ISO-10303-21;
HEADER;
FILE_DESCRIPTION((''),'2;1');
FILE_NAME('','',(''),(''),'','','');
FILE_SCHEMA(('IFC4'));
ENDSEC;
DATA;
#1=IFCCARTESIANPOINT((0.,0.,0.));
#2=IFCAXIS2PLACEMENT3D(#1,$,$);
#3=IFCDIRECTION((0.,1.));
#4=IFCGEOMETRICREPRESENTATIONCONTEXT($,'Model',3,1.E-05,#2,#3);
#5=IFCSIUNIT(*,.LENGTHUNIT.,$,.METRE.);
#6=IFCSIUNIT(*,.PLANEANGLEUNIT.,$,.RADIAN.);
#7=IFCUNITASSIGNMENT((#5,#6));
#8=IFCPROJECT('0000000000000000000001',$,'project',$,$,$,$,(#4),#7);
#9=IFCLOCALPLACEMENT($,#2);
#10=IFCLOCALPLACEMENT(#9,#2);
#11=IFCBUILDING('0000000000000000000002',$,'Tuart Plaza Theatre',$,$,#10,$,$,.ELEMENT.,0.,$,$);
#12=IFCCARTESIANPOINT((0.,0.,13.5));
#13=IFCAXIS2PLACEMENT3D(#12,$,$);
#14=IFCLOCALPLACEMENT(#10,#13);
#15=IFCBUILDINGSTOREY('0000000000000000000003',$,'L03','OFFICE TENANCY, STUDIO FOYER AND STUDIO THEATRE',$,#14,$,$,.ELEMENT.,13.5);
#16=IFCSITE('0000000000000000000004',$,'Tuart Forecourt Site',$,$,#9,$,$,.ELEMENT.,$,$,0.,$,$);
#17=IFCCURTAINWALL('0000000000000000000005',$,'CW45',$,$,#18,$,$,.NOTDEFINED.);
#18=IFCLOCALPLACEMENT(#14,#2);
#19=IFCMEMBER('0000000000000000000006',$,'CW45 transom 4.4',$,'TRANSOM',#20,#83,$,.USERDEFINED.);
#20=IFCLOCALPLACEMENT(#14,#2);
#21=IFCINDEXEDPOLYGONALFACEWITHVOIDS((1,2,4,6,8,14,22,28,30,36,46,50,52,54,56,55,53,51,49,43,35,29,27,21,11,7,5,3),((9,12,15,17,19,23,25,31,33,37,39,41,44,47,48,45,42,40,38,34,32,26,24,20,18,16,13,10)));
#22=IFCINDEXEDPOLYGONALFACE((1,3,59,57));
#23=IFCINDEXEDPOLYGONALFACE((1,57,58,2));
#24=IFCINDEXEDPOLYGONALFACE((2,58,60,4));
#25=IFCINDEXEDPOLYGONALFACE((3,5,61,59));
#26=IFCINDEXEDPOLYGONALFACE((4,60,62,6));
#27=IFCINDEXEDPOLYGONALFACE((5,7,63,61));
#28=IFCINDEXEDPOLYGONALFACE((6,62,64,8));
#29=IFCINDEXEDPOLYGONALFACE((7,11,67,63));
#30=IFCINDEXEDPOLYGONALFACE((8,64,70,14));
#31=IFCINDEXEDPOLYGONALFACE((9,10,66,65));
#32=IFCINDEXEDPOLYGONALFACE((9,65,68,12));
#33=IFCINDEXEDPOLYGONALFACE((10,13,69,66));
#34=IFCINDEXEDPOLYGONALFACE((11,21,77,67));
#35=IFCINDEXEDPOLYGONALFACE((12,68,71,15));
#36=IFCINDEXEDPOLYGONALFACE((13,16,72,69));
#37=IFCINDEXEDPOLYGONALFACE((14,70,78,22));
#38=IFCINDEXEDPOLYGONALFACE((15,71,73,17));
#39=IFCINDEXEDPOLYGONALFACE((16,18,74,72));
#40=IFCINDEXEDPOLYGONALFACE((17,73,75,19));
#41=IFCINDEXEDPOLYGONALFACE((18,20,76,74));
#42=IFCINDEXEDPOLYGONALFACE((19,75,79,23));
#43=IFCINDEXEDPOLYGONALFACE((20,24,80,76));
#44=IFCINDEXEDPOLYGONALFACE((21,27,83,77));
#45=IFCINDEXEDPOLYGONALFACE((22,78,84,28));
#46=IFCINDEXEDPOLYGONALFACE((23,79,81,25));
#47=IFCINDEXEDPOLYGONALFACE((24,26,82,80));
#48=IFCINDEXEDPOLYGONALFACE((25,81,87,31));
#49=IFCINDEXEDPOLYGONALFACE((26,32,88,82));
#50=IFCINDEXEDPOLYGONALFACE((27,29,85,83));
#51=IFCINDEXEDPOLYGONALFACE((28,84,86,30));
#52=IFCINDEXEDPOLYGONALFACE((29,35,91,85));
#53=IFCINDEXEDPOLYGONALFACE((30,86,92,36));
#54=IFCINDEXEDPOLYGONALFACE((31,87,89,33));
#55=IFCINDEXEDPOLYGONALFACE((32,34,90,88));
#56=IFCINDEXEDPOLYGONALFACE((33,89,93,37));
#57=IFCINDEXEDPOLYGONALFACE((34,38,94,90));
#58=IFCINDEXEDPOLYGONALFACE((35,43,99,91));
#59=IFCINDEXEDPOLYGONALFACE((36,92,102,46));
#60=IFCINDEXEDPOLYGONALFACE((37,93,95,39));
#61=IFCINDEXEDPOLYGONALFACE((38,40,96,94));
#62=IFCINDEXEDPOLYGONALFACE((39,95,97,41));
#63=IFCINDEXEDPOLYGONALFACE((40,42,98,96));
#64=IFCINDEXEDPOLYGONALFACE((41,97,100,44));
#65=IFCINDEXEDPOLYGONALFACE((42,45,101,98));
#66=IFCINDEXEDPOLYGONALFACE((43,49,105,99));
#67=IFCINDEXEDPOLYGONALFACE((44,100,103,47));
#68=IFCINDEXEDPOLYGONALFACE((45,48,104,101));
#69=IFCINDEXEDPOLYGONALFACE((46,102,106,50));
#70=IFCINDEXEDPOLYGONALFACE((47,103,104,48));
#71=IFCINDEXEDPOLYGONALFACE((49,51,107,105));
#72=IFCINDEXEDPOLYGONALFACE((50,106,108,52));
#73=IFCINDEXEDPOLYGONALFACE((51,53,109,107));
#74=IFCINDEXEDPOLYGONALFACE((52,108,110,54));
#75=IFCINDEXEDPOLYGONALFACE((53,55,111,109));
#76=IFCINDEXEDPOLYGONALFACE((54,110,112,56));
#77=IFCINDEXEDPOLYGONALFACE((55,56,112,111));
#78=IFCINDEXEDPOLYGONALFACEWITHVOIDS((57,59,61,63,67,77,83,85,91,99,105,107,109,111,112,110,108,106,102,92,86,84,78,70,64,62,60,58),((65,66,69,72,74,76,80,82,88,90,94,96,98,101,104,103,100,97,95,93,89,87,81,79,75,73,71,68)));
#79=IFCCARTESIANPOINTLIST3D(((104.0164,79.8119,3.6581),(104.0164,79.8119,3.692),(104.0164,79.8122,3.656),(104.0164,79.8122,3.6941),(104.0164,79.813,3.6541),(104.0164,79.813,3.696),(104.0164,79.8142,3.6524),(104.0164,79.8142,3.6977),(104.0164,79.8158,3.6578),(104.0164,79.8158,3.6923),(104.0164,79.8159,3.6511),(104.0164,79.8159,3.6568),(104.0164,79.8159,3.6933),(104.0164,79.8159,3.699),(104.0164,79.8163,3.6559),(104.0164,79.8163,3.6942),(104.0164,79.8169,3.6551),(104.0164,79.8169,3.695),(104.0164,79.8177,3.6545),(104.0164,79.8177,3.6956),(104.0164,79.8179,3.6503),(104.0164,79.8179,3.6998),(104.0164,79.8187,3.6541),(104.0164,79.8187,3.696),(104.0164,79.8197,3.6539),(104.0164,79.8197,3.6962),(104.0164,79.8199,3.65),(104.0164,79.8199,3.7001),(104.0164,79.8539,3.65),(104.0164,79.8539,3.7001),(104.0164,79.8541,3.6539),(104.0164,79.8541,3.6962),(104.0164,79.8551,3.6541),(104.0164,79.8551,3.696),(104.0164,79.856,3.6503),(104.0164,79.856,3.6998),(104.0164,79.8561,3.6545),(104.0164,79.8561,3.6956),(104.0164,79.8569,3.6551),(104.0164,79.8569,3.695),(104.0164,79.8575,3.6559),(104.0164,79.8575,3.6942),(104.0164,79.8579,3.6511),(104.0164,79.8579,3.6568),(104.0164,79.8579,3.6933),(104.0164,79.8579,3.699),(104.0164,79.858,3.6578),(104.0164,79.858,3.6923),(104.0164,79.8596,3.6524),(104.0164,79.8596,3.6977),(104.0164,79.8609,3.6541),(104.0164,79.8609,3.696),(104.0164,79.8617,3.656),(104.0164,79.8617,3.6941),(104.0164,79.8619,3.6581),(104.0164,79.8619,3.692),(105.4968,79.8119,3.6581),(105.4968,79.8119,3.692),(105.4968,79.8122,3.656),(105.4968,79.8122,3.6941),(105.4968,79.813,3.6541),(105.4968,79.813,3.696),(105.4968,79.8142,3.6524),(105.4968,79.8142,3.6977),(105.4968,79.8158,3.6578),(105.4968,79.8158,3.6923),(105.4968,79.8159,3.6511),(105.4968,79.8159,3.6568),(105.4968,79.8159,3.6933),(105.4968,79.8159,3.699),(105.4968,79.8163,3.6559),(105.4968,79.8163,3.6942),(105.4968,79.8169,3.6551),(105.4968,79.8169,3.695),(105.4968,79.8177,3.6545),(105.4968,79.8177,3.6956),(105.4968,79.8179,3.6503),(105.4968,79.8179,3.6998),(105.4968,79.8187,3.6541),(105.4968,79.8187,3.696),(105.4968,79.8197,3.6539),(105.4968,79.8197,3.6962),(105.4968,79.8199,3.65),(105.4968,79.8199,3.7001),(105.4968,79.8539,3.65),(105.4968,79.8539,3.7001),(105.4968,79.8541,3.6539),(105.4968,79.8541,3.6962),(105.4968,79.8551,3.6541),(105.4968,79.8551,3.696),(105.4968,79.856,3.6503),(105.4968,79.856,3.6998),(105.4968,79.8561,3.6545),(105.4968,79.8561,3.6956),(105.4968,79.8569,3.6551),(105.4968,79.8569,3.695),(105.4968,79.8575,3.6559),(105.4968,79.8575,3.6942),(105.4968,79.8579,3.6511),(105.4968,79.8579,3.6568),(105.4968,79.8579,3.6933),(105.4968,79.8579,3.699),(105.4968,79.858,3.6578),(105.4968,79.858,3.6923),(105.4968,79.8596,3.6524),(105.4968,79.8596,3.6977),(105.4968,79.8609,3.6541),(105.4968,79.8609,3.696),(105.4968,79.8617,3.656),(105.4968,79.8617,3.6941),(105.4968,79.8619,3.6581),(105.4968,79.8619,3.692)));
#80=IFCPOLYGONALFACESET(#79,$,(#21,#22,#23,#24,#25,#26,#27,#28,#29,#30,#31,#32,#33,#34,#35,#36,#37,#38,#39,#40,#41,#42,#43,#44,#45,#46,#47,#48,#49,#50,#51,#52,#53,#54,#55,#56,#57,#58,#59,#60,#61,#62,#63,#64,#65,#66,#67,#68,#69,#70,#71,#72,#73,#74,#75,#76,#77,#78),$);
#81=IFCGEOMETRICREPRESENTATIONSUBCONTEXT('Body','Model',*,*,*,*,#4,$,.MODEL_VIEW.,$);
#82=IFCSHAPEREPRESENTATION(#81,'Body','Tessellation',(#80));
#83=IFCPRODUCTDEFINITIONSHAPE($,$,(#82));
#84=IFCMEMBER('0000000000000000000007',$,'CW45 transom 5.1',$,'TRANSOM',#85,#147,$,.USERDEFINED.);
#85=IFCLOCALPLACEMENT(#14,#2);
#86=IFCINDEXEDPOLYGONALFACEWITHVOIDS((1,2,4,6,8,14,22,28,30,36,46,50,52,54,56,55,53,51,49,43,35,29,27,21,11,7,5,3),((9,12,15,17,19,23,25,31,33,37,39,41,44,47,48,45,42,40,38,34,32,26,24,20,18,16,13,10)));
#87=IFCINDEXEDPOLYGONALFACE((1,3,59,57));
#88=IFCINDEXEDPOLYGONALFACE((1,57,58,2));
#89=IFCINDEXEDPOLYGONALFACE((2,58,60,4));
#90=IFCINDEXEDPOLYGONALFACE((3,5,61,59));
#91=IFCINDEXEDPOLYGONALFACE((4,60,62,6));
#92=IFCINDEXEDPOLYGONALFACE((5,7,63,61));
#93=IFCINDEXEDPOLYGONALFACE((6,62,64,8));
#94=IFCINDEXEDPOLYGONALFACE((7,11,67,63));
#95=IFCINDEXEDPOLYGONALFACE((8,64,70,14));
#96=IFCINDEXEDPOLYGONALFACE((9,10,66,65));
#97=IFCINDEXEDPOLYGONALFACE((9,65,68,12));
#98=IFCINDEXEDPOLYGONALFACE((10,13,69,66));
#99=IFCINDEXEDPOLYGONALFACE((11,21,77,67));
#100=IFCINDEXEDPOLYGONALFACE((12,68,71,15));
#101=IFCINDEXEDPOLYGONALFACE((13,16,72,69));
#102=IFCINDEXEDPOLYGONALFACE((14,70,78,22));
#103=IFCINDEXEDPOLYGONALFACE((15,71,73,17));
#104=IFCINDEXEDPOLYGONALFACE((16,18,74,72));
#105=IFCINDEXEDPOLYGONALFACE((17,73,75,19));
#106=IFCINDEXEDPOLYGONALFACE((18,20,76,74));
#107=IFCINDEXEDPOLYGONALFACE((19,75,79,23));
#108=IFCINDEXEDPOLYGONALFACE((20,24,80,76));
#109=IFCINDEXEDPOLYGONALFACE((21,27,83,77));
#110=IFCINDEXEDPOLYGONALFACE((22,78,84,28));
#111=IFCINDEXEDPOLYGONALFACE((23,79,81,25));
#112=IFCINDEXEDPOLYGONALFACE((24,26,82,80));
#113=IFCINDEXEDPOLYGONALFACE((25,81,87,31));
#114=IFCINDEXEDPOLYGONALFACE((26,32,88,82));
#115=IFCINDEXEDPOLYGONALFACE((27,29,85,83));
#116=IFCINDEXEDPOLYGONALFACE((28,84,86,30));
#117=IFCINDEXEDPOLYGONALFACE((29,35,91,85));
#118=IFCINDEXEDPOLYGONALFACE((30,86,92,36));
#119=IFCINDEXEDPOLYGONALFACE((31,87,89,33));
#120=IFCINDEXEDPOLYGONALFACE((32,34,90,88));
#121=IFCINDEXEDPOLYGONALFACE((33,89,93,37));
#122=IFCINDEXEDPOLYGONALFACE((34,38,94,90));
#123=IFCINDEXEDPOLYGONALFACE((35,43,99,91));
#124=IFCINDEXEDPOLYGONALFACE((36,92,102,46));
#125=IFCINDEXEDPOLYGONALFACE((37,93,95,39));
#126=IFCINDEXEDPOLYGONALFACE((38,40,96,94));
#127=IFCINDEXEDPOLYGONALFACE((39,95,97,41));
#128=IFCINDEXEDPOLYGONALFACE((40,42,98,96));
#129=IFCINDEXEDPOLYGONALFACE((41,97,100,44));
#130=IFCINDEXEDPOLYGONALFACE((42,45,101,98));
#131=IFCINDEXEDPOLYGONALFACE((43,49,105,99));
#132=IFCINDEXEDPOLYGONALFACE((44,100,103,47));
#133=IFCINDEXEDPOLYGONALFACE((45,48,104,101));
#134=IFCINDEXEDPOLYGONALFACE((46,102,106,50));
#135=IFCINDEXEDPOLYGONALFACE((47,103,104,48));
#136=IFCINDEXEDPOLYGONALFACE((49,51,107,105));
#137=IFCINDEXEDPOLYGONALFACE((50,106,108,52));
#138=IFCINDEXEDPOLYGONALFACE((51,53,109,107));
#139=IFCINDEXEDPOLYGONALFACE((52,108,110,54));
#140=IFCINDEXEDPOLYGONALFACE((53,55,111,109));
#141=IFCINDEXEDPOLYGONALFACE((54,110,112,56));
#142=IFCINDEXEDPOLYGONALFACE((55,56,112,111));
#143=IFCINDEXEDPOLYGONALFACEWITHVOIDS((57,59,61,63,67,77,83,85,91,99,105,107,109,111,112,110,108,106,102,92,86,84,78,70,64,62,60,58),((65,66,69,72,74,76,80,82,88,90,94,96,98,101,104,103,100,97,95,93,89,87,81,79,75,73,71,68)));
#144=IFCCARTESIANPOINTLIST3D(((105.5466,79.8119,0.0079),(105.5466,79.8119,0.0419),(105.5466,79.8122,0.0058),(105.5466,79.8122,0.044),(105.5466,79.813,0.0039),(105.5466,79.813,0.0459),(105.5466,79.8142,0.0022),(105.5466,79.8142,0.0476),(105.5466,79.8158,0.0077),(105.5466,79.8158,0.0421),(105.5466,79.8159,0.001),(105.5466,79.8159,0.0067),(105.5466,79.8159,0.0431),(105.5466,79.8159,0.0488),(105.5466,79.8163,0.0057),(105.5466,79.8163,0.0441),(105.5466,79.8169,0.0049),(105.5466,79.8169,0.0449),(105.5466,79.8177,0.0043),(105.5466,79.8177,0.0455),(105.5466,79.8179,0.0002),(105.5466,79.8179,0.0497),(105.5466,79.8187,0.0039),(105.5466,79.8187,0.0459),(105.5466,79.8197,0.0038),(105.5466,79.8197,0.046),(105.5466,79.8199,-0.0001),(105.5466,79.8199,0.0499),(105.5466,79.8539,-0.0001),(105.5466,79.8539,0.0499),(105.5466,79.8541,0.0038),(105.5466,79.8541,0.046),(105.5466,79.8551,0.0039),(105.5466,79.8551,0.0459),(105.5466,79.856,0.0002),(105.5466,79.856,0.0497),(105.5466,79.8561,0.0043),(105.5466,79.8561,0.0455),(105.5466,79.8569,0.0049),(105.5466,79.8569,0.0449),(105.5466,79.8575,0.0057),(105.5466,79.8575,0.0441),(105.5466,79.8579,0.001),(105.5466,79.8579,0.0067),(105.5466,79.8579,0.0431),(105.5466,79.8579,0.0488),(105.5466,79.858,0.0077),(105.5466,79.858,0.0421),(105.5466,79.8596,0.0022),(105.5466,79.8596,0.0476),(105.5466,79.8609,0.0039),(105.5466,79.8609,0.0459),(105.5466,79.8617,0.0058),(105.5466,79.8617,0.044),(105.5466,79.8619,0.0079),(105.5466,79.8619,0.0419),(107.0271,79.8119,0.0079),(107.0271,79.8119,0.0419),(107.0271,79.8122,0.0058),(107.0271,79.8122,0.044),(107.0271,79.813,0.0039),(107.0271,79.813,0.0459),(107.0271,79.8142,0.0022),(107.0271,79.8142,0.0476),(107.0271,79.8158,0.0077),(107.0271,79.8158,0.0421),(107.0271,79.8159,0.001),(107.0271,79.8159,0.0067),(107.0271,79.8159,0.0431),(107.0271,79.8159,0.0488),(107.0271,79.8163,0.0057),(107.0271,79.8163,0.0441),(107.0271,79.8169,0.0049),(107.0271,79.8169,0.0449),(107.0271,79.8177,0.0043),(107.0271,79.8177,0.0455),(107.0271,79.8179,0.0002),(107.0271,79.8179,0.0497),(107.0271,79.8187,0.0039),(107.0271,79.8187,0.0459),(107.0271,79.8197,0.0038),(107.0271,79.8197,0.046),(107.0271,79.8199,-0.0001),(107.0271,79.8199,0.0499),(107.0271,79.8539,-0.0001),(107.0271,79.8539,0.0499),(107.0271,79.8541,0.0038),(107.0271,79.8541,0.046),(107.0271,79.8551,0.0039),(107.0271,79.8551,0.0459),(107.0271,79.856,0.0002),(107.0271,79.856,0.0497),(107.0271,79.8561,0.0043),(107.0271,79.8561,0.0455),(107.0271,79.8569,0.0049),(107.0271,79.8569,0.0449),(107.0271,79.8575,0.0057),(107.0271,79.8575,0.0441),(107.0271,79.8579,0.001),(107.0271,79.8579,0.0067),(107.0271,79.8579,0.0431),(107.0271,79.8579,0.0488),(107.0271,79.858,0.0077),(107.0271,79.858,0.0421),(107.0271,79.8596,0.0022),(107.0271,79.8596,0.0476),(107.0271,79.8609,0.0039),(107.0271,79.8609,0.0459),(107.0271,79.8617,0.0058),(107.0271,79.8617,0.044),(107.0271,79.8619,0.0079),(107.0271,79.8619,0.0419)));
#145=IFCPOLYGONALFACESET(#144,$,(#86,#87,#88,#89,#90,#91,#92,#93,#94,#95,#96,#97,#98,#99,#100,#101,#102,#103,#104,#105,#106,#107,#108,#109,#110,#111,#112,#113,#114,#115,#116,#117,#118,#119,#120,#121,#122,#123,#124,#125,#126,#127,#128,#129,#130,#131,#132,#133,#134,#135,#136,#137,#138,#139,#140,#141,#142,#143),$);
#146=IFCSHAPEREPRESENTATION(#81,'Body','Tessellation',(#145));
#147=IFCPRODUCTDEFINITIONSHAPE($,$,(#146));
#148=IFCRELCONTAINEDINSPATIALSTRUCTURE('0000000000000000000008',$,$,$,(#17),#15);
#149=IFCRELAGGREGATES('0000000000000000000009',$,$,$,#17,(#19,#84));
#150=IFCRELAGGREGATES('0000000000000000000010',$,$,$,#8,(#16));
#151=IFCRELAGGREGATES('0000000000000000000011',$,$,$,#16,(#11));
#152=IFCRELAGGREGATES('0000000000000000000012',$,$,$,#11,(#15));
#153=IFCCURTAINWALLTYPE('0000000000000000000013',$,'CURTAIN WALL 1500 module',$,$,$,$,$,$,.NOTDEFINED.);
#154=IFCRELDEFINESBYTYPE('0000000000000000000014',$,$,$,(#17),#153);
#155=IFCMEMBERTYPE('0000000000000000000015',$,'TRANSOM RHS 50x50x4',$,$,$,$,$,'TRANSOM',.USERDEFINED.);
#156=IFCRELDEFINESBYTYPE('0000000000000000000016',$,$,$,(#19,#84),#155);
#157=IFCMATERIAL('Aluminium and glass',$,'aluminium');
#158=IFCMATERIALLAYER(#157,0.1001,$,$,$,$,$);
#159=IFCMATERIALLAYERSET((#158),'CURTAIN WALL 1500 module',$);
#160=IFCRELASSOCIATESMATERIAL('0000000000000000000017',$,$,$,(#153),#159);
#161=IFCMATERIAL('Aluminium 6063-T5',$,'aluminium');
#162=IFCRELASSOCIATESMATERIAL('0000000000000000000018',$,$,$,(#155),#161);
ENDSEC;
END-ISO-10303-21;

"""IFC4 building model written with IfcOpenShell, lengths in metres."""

from ifc_helpers import new_model, si_unit, direction, frame, origin, origin_2d, place, context, subcontext, project, spatial, hollow_rectangle, extrude, material, layer, layer_set, material_profile, profile_set, type_object, element, aggregate, save


model = new_model("IFC4")

# Units and contexts
model_context = context("Model", 3, precision=1e-05, world=origin(), true_north=direction((0.0, 1.0)))
body_context = subcontext(model_context, "Body", "Model", "MODEL_VIEW")
ifc_project = project(units=[si_unit("LENGTHUNIT", "METRE"), si_unit("PLANEANGLEUNIT", "RADIAN")], contexts=[model_context])

# Site, building, storey
site_placement = place(None, origin())
site = spatial("IfcSite", under=ifc_project, at=site_placement, Name="Tuart Forecourt Site", CompositionType="ELEMENT", RefElevation=0.0)
building_placement = place(site_placement, origin())
building = spatial("IfcBuilding", under=site, at=building_placement, Name="Tuart Plaza Theatre", CompositionType="ELEMENT", ElevationOfRefHeight=0.0)
storey_placement = place(building_placement, frame((0.0, 0.0, 13.5)))
storey = spatial("IfcBuildingStorey", under=building, at=storey_placement, Name="L03", Description="OFFICE TENANCY, STUDIO FOYER AND STUDIO THEATRE", CompositionType="ELEMENT", Elevation=13.5)

# Curtain wall, members
ifc_material_1 = material(Name="Aluminium and glass", Category="aluminium")
ifc_layer_1 = layer(ifc_material_1, 0.1001)
ifc_layer_set_1 = layer_set([ifc_layer_1], Name="CURTAIN WALL 1500 module")
curtain_wall_type = type_object("IfcCurtainWallType", Name="CURTAIN WALL 1500 module", PredefinedType="NOTDEFINED", material=ifc_layer_set_1)
curtain_wall_placement = place(storey_placement, origin())
curtain_wall = element("IfcCurtainWall", 1, at=curtain_wall_placement, inside=storey, type_object=curtain_wall_type, Name="CW45", PredefinedType="NOTDEFINED")
ifc_material_2 = material(Name="Aluminium 6063-T5", Category="aluminium")
ifc_material_profile_1 = material_profile(ifc_material_2, hollow_rectangle(XDim=0.05, YDim=0.05, WallThickness=0.0039, InnerFilletRadius=0.0039, OuterFilletRadius=0.0081, at=origin_2d()), Name="RHS 50x50x4")
ifc_profile_set_1 = profile_set([ifc_material_profile_1], Name="Aluminium 6063-T5")
member_type_1 = type_object("IfcMemberType", Name="TRANSOM RHS 50x50x4", ElementType="TRANSOM", PredefinedType="USERDEFINED", material=ifc_profile_set_1)
member_1_placement = place(storey_placement, frame((104.0164, 79.8369, 3.675), z_axis=(1.0, 0.0, 0.0), x_axis=(0.0, 1.0, 0.0)))
member_1 = element("IfcMember", 2, at=member_1_placement, type_object=member_type_1, Name="CW45 transom 4.4", ObjectType="TRANSOM", PredefinedType="USERDEFINED", context=body_context, shape_type="SweptSolid", body=[
    extrude(hollow_rectangle(XDim=0.05, YDim=0.05, WallThickness=0.0039, InnerFilletRadius=0.0039, OuterFilletRadius=0.0081, at=origin_2d()), origin(), (0.0, 0.0, 1.0), 1.4805),
])
member_2_placement = place(storey_placement, frame((105.5466, 79.8369, 0.0249), z_axis=(1.0, 0.0, 0.0), x_axis=(0.0, 1.0, 0.0)))
member_2 = element("IfcMember", 3, at=member_2_placement, type_object=member_type_1, Name="CW45 transom 5.1", ObjectType="TRANSOM", PredefinedType="USERDEFINED", context=body_context, shape_type="SweptSolid", body=[
    extrude(hollow_rectangle(XDim=0.05, YDim=0.05, WallThickness=0.0039, InnerFilletRadius=0.0039, OuterFilletRadius=0.0081, at=origin_2d()), origin(), (0.0, 0.0, 1.0), 1.4805),
])
aggregate(curtain_wall, [member_1, member_2])

save(model, "model.ifc")
